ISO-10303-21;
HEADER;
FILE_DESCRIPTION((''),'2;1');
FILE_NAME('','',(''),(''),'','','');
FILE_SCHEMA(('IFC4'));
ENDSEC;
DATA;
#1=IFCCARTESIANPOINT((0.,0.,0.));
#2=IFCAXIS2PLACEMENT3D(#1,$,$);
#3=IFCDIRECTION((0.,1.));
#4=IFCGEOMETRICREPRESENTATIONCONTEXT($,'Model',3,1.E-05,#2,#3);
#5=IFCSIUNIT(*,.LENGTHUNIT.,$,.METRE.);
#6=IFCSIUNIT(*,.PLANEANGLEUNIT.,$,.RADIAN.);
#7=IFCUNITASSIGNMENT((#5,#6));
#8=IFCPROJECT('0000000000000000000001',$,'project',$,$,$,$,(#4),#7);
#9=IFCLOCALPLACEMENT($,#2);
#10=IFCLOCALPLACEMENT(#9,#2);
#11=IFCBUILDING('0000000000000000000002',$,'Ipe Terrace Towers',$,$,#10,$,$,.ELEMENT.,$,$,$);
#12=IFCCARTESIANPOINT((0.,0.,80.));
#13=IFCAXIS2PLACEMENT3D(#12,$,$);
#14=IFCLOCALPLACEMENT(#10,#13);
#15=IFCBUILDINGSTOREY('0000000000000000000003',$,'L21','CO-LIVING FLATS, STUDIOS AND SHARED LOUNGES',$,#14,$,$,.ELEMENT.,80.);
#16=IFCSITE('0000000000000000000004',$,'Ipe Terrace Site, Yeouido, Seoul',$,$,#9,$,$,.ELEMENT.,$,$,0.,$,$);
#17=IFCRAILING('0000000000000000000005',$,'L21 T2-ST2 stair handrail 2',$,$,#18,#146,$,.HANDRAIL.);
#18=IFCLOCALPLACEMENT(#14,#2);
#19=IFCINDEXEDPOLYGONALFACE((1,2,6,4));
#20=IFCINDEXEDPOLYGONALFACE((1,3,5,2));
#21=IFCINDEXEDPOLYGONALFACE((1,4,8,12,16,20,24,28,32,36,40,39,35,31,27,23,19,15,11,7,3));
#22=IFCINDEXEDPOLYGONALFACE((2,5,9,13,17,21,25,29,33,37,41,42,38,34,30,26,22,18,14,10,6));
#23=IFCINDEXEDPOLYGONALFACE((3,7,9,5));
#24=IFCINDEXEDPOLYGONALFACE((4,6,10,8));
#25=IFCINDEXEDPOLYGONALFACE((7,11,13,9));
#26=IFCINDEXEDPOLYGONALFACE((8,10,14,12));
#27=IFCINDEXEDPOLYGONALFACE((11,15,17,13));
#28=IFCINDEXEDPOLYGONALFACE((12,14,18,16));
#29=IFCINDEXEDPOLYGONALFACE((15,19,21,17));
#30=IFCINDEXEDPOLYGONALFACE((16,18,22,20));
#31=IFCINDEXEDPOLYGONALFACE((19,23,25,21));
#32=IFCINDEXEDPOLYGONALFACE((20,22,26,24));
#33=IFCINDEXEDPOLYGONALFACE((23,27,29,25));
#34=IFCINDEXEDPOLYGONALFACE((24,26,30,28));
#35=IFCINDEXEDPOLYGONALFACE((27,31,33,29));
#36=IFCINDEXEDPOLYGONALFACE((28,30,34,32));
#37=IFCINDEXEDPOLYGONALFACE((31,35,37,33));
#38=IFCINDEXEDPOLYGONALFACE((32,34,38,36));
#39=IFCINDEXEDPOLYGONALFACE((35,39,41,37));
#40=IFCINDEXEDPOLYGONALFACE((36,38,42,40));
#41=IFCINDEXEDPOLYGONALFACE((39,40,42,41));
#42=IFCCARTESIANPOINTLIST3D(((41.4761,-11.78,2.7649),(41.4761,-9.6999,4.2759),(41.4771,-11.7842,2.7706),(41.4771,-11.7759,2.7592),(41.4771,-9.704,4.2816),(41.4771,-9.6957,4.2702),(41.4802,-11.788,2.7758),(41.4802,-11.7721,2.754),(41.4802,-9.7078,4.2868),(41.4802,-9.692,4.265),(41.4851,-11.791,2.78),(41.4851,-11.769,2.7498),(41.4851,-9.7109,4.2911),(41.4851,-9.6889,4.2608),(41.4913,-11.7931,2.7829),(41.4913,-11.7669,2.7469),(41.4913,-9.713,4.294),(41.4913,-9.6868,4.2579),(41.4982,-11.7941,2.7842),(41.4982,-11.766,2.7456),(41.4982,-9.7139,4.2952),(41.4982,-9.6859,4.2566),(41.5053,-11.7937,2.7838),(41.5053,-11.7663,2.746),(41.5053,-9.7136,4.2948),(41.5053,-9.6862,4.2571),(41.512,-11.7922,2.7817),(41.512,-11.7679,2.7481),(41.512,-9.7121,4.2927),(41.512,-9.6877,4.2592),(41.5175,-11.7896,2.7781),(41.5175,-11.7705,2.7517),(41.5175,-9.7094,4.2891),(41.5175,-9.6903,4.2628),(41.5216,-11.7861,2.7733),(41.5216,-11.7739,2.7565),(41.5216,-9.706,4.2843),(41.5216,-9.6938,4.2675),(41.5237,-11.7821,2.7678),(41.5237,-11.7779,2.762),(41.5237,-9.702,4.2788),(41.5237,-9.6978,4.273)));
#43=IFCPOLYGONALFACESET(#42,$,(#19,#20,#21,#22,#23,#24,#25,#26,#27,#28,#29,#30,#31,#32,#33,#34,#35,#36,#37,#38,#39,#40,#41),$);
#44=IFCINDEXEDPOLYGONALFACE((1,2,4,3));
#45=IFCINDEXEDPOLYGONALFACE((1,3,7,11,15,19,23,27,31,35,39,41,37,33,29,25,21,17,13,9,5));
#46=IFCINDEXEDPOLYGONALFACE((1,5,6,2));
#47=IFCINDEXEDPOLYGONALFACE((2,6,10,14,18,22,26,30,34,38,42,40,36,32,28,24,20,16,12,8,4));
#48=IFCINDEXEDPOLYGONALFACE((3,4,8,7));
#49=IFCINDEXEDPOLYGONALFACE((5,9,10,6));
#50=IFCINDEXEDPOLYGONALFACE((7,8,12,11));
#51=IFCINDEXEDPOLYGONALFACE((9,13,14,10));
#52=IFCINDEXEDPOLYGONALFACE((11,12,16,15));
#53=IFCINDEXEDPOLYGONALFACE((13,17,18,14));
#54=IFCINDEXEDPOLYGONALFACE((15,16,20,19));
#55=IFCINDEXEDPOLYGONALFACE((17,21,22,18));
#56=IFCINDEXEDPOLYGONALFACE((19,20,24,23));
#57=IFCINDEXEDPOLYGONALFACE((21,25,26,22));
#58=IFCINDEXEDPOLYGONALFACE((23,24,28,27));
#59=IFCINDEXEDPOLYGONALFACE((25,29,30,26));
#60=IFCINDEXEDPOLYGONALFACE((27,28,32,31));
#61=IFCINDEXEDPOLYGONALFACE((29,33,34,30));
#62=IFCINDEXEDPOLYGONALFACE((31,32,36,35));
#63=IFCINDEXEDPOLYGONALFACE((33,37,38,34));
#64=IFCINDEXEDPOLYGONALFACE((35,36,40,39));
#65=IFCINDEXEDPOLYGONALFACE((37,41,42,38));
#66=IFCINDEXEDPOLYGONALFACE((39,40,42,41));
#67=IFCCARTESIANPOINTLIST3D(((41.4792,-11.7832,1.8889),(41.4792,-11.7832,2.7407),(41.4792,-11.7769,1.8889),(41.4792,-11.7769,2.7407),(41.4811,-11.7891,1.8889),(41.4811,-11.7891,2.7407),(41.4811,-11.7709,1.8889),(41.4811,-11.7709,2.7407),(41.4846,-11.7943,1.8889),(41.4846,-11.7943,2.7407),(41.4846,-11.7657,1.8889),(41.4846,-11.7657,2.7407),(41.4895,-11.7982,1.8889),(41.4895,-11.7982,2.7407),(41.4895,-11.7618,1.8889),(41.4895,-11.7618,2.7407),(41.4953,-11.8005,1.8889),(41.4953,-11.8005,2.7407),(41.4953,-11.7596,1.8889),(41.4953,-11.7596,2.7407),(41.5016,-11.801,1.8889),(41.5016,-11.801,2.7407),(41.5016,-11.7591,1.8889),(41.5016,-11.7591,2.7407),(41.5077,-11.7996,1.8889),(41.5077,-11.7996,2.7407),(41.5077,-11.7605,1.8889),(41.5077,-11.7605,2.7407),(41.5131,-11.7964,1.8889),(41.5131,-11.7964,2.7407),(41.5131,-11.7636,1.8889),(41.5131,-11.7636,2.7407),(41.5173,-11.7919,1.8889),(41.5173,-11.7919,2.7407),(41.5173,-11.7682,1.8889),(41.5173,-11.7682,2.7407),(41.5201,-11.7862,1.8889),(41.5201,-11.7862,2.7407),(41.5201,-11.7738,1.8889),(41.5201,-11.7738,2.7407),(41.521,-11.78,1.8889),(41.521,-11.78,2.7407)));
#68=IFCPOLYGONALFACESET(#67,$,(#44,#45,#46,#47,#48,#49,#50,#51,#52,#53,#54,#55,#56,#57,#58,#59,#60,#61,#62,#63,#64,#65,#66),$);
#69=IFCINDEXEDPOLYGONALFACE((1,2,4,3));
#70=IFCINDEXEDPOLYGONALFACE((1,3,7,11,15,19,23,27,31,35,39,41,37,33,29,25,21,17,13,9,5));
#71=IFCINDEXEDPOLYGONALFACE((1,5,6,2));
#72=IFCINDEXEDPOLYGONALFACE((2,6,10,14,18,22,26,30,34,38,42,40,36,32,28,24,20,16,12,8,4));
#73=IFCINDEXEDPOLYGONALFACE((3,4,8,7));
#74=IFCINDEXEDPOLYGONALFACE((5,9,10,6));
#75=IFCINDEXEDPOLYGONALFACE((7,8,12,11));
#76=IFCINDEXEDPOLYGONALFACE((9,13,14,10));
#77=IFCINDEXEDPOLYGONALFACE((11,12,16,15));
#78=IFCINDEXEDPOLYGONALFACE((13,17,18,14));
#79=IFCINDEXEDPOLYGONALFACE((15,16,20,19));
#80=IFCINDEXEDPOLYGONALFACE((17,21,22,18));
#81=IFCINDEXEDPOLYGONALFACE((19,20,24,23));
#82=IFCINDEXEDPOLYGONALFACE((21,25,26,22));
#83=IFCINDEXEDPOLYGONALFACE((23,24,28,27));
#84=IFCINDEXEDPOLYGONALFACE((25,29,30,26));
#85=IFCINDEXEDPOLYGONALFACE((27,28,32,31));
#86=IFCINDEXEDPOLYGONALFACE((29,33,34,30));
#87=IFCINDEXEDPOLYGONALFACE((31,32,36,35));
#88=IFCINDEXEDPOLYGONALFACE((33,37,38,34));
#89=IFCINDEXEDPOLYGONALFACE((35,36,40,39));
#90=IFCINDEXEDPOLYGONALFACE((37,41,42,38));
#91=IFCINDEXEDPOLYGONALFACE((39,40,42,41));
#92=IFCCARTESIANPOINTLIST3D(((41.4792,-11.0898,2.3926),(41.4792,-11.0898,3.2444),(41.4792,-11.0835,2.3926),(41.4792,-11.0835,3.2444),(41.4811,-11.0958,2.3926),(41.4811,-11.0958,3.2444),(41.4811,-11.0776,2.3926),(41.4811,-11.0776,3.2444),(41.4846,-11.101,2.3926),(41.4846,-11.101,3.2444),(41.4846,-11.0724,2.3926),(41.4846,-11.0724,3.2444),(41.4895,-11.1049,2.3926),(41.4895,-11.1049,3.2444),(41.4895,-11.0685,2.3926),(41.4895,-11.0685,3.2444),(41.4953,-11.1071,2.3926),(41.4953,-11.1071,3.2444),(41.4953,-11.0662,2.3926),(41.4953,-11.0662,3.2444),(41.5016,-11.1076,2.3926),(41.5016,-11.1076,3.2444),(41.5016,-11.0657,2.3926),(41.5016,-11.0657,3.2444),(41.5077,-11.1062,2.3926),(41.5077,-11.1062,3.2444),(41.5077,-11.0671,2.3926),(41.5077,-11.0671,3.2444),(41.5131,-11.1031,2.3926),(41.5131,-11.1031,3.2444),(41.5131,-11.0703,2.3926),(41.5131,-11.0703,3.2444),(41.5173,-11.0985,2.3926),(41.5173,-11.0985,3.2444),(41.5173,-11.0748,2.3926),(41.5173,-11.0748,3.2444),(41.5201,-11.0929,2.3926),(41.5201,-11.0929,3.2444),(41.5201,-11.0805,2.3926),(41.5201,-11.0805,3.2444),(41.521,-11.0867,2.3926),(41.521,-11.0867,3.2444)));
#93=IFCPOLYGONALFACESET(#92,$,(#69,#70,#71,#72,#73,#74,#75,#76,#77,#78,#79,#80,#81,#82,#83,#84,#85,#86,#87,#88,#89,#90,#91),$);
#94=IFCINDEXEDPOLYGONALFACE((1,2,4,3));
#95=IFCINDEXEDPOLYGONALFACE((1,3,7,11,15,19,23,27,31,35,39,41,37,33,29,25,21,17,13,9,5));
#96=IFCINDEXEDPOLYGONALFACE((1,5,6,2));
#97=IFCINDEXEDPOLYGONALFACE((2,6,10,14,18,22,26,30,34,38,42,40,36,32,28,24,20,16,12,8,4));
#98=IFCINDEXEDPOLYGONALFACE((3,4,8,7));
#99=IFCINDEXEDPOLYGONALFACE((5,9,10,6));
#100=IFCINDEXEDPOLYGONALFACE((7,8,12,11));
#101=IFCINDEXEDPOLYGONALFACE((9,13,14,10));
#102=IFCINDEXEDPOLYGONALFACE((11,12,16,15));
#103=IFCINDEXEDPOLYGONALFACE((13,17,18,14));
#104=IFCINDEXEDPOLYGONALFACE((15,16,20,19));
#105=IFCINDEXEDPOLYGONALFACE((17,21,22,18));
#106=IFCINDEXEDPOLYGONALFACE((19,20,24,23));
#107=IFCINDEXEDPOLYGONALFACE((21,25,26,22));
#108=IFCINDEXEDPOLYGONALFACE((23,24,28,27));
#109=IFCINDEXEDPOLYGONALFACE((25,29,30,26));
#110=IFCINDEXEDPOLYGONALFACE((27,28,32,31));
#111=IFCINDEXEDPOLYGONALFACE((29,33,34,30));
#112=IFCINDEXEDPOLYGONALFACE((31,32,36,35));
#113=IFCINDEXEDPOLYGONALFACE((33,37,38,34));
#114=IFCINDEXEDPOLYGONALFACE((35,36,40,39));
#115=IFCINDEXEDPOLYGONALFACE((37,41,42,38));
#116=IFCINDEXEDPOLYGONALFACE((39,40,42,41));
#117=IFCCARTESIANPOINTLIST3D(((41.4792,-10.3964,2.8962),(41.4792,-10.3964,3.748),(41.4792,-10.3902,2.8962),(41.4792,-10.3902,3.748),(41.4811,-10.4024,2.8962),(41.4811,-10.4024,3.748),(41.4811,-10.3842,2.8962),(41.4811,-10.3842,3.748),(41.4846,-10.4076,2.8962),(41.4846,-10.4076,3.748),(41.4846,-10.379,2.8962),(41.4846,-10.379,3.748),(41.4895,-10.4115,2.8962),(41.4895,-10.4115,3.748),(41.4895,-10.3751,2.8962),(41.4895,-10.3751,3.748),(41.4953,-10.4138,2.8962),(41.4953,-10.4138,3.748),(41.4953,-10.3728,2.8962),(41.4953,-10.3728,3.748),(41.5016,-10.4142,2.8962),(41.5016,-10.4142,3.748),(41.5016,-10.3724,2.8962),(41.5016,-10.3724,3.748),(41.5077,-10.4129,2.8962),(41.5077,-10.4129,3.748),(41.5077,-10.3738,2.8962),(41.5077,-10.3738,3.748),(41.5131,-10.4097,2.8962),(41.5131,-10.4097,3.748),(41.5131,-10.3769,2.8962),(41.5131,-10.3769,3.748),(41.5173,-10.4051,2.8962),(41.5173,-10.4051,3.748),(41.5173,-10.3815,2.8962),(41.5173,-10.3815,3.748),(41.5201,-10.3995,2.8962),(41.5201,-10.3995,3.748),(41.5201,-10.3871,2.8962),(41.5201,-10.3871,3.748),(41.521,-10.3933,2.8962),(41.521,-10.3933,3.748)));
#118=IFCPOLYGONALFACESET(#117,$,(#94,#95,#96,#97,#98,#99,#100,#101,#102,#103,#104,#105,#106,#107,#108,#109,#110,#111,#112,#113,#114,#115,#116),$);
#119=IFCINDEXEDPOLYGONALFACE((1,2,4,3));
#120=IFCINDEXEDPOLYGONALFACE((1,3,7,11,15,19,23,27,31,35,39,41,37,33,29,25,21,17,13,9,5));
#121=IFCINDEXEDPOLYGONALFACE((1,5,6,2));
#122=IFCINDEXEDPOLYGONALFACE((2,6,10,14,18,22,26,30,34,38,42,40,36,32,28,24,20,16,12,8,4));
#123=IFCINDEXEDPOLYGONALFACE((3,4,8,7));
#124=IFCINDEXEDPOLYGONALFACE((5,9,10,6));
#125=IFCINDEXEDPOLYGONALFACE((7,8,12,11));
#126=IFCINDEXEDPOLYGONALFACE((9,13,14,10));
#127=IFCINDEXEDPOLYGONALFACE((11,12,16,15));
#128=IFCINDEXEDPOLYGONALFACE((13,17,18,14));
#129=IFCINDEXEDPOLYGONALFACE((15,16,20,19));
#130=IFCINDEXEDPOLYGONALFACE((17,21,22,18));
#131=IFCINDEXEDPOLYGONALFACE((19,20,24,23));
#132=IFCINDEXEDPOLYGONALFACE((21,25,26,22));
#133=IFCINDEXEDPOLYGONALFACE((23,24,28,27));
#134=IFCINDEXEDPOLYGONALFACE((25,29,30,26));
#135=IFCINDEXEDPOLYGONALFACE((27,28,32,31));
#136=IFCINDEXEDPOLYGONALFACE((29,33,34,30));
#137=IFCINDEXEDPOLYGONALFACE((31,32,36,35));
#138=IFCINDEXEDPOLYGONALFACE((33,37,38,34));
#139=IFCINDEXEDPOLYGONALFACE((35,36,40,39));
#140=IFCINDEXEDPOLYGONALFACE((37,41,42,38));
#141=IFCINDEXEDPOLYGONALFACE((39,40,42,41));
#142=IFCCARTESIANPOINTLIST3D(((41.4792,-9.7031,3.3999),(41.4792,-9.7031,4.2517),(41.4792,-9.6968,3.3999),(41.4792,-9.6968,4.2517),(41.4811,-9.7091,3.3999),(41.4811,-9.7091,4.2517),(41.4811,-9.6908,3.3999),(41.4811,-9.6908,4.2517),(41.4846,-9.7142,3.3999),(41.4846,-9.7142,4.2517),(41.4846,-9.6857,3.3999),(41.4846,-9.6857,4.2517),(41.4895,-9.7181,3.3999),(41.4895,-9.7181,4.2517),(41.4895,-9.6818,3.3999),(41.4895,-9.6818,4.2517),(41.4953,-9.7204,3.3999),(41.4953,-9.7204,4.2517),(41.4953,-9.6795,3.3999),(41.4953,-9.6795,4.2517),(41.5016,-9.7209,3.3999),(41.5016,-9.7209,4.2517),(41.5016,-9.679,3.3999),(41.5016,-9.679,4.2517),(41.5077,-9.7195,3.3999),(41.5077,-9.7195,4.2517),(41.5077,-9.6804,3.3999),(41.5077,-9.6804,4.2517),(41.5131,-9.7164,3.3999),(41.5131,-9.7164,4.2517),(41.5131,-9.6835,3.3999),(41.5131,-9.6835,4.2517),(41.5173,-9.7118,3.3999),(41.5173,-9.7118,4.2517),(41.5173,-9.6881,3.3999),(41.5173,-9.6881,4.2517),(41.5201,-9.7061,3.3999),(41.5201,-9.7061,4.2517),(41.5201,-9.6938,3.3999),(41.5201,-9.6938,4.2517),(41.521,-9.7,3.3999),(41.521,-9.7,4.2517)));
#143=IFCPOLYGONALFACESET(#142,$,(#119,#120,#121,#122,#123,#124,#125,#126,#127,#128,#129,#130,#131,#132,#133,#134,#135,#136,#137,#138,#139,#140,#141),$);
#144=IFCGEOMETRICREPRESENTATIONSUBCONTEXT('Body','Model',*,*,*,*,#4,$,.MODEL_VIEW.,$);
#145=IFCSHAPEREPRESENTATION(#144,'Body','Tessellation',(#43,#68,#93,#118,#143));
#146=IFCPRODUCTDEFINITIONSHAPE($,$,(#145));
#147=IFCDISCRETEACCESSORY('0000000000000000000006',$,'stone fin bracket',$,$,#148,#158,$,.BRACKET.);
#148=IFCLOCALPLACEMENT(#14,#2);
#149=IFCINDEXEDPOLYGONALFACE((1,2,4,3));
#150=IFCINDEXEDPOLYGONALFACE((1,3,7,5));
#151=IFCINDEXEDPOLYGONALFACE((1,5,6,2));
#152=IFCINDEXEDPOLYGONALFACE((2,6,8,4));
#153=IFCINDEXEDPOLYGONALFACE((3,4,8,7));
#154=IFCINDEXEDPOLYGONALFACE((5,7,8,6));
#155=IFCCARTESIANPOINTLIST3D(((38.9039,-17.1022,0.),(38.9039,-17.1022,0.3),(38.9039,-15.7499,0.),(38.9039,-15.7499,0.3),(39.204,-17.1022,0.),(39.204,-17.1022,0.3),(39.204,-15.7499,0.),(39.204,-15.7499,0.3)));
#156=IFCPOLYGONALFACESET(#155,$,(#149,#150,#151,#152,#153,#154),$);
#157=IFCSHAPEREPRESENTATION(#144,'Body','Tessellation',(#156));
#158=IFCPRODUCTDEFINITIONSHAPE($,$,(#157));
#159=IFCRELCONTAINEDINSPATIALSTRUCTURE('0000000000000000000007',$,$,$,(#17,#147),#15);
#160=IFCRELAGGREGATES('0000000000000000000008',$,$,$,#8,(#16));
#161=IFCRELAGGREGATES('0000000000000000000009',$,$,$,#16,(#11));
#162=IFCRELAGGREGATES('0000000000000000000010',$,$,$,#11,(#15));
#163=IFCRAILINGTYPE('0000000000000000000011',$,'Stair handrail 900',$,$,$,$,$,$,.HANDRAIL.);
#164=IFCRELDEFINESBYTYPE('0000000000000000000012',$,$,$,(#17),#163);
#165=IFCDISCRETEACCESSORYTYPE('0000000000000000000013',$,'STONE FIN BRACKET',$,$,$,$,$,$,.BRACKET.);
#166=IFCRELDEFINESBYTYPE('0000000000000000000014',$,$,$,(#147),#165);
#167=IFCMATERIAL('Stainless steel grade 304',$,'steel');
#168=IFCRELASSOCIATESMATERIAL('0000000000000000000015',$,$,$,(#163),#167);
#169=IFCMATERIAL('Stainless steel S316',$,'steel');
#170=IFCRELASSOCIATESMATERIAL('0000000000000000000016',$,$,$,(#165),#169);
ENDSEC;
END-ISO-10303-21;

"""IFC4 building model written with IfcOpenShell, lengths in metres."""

from ifc_helpers import new_model, si_unit, direction, frame, origin, origin_2d, place, context, subcontext, project, spatial, rectangle, circle, extrude, material, type_object, element, save


model = new_model("IFC4")

# Units and contexts
model_context = context("Model", 3, precision=1e-05, world=origin(), true_north=direction((0.0, 1.0)))
body_context = subcontext(model_context, "Body", "Model", "MODEL_VIEW")
ifc_project = project(units=[si_unit("LENGTHUNIT", "METRE"), si_unit("PLANEANGLEUNIT", "RADIAN")], contexts=[model_context])

# Site, building, storey
site_placement = place(None, origin())
site = spatial("IfcSite", under=ifc_project, at=site_placement, Name="Ipe Terrace Site, Yeouido, Seoul", CompositionType="ELEMENT", RefElevation=0.0)
building_placement = place(site_placement, origin())
building = spatial("IfcBuilding", under=site, at=building_placement, Name="Ipe Terrace Towers", CompositionType="ELEMENT")
storey_placement = place(building_placement, frame((0.0, 0.0, 80.0)))
storey = spatial("IfcBuildingStorey", under=building, at=storey_placement, Name="L21", Description="CO-LIVING FLATS, STUDIOS AND SHARED LOUNGES", CompositionType="ELEMENT", Elevation=80.0)

# Railing
ifc_material_1 = material(Name="Stainless steel grade 304", Category="steel")
railing_type_1 = type_object("IfcRailingType", Name="Stair handrail 900", PredefinedType="HANDRAIL", material=ifc_material_1)
railing_1_placement = place(storey_placement, frame((41.5, -11.78, 1.8889)))
element("IfcRailing", 1, at=railing_1_placement, inside=storey, type_object=railing_type_1, Name="L21 T2-ST2 stair handrail 2", PredefinedType="HANDRAIL", context=body_context, shape_type="SweptSolid", body=[
    extrude(circle(Radius=0.0239, at=origin_2d()), frame((0.0, 0.0, 0.876), z_axis=(0.0, 0.809069, 0.587714), x_axis=(-1.0, 0.0, 0.0)), (0.0, 0.0, 1.0), 2.571),
    extrude(circle(Radius=0.021, at=origin_2d()), origin(), (0.0, 0.0, 1.0), 0.8518),
    extrude(circle(Radius=0.021, at=origin_2d()), frame((0.0, 0.6934, 0.5037)), (0.0, 0.0, 1.0), 0.8518),
    extrude(circle(Radius=0.021, at=origin_2d()), frame((0.0, 1.3867, 1.0073)), (0.0, 0.0, 1.0), 0.8518),
    extrude(circle(Radius=0.021, at=origin_2d()), frame((0.0, 2.0801, 1.511)), (0.0, 0.0, 1.0), 0.8518),
])

# Discrete accessory
ifc_material_2 = material(Name="Stainless steel S316", Category="steel")
discrete_accessory_type = type_object("IfcDiscreteAccessoryType", Name="STONE FIN BRACKET", PredefinedType="BRACKET", material=ifc_material_2)
discrete_accessory_placement = place(storey_placement, frame((39.054, -16.426, 0.0), z_axis=(0.0, 0.0, 1.0), x_axis=(1.0, 0.0, 0.0)))
element("IfcDiscreteAccessory", 2, at=discrete_accessory_placement, inside=storey, type_object=discrete_accessory_type, Name="stone fin bracket", PredefinedType="BRACKET", context=body_context, shape_type="SweptSolid", body=[
    extrude(rectangle(XDim=0.3, YDim=1.3523, at=origin_2d()), origin(), (0.0, 0.0, 1.0), 0.3),
])

save(model, "model.ifc")
